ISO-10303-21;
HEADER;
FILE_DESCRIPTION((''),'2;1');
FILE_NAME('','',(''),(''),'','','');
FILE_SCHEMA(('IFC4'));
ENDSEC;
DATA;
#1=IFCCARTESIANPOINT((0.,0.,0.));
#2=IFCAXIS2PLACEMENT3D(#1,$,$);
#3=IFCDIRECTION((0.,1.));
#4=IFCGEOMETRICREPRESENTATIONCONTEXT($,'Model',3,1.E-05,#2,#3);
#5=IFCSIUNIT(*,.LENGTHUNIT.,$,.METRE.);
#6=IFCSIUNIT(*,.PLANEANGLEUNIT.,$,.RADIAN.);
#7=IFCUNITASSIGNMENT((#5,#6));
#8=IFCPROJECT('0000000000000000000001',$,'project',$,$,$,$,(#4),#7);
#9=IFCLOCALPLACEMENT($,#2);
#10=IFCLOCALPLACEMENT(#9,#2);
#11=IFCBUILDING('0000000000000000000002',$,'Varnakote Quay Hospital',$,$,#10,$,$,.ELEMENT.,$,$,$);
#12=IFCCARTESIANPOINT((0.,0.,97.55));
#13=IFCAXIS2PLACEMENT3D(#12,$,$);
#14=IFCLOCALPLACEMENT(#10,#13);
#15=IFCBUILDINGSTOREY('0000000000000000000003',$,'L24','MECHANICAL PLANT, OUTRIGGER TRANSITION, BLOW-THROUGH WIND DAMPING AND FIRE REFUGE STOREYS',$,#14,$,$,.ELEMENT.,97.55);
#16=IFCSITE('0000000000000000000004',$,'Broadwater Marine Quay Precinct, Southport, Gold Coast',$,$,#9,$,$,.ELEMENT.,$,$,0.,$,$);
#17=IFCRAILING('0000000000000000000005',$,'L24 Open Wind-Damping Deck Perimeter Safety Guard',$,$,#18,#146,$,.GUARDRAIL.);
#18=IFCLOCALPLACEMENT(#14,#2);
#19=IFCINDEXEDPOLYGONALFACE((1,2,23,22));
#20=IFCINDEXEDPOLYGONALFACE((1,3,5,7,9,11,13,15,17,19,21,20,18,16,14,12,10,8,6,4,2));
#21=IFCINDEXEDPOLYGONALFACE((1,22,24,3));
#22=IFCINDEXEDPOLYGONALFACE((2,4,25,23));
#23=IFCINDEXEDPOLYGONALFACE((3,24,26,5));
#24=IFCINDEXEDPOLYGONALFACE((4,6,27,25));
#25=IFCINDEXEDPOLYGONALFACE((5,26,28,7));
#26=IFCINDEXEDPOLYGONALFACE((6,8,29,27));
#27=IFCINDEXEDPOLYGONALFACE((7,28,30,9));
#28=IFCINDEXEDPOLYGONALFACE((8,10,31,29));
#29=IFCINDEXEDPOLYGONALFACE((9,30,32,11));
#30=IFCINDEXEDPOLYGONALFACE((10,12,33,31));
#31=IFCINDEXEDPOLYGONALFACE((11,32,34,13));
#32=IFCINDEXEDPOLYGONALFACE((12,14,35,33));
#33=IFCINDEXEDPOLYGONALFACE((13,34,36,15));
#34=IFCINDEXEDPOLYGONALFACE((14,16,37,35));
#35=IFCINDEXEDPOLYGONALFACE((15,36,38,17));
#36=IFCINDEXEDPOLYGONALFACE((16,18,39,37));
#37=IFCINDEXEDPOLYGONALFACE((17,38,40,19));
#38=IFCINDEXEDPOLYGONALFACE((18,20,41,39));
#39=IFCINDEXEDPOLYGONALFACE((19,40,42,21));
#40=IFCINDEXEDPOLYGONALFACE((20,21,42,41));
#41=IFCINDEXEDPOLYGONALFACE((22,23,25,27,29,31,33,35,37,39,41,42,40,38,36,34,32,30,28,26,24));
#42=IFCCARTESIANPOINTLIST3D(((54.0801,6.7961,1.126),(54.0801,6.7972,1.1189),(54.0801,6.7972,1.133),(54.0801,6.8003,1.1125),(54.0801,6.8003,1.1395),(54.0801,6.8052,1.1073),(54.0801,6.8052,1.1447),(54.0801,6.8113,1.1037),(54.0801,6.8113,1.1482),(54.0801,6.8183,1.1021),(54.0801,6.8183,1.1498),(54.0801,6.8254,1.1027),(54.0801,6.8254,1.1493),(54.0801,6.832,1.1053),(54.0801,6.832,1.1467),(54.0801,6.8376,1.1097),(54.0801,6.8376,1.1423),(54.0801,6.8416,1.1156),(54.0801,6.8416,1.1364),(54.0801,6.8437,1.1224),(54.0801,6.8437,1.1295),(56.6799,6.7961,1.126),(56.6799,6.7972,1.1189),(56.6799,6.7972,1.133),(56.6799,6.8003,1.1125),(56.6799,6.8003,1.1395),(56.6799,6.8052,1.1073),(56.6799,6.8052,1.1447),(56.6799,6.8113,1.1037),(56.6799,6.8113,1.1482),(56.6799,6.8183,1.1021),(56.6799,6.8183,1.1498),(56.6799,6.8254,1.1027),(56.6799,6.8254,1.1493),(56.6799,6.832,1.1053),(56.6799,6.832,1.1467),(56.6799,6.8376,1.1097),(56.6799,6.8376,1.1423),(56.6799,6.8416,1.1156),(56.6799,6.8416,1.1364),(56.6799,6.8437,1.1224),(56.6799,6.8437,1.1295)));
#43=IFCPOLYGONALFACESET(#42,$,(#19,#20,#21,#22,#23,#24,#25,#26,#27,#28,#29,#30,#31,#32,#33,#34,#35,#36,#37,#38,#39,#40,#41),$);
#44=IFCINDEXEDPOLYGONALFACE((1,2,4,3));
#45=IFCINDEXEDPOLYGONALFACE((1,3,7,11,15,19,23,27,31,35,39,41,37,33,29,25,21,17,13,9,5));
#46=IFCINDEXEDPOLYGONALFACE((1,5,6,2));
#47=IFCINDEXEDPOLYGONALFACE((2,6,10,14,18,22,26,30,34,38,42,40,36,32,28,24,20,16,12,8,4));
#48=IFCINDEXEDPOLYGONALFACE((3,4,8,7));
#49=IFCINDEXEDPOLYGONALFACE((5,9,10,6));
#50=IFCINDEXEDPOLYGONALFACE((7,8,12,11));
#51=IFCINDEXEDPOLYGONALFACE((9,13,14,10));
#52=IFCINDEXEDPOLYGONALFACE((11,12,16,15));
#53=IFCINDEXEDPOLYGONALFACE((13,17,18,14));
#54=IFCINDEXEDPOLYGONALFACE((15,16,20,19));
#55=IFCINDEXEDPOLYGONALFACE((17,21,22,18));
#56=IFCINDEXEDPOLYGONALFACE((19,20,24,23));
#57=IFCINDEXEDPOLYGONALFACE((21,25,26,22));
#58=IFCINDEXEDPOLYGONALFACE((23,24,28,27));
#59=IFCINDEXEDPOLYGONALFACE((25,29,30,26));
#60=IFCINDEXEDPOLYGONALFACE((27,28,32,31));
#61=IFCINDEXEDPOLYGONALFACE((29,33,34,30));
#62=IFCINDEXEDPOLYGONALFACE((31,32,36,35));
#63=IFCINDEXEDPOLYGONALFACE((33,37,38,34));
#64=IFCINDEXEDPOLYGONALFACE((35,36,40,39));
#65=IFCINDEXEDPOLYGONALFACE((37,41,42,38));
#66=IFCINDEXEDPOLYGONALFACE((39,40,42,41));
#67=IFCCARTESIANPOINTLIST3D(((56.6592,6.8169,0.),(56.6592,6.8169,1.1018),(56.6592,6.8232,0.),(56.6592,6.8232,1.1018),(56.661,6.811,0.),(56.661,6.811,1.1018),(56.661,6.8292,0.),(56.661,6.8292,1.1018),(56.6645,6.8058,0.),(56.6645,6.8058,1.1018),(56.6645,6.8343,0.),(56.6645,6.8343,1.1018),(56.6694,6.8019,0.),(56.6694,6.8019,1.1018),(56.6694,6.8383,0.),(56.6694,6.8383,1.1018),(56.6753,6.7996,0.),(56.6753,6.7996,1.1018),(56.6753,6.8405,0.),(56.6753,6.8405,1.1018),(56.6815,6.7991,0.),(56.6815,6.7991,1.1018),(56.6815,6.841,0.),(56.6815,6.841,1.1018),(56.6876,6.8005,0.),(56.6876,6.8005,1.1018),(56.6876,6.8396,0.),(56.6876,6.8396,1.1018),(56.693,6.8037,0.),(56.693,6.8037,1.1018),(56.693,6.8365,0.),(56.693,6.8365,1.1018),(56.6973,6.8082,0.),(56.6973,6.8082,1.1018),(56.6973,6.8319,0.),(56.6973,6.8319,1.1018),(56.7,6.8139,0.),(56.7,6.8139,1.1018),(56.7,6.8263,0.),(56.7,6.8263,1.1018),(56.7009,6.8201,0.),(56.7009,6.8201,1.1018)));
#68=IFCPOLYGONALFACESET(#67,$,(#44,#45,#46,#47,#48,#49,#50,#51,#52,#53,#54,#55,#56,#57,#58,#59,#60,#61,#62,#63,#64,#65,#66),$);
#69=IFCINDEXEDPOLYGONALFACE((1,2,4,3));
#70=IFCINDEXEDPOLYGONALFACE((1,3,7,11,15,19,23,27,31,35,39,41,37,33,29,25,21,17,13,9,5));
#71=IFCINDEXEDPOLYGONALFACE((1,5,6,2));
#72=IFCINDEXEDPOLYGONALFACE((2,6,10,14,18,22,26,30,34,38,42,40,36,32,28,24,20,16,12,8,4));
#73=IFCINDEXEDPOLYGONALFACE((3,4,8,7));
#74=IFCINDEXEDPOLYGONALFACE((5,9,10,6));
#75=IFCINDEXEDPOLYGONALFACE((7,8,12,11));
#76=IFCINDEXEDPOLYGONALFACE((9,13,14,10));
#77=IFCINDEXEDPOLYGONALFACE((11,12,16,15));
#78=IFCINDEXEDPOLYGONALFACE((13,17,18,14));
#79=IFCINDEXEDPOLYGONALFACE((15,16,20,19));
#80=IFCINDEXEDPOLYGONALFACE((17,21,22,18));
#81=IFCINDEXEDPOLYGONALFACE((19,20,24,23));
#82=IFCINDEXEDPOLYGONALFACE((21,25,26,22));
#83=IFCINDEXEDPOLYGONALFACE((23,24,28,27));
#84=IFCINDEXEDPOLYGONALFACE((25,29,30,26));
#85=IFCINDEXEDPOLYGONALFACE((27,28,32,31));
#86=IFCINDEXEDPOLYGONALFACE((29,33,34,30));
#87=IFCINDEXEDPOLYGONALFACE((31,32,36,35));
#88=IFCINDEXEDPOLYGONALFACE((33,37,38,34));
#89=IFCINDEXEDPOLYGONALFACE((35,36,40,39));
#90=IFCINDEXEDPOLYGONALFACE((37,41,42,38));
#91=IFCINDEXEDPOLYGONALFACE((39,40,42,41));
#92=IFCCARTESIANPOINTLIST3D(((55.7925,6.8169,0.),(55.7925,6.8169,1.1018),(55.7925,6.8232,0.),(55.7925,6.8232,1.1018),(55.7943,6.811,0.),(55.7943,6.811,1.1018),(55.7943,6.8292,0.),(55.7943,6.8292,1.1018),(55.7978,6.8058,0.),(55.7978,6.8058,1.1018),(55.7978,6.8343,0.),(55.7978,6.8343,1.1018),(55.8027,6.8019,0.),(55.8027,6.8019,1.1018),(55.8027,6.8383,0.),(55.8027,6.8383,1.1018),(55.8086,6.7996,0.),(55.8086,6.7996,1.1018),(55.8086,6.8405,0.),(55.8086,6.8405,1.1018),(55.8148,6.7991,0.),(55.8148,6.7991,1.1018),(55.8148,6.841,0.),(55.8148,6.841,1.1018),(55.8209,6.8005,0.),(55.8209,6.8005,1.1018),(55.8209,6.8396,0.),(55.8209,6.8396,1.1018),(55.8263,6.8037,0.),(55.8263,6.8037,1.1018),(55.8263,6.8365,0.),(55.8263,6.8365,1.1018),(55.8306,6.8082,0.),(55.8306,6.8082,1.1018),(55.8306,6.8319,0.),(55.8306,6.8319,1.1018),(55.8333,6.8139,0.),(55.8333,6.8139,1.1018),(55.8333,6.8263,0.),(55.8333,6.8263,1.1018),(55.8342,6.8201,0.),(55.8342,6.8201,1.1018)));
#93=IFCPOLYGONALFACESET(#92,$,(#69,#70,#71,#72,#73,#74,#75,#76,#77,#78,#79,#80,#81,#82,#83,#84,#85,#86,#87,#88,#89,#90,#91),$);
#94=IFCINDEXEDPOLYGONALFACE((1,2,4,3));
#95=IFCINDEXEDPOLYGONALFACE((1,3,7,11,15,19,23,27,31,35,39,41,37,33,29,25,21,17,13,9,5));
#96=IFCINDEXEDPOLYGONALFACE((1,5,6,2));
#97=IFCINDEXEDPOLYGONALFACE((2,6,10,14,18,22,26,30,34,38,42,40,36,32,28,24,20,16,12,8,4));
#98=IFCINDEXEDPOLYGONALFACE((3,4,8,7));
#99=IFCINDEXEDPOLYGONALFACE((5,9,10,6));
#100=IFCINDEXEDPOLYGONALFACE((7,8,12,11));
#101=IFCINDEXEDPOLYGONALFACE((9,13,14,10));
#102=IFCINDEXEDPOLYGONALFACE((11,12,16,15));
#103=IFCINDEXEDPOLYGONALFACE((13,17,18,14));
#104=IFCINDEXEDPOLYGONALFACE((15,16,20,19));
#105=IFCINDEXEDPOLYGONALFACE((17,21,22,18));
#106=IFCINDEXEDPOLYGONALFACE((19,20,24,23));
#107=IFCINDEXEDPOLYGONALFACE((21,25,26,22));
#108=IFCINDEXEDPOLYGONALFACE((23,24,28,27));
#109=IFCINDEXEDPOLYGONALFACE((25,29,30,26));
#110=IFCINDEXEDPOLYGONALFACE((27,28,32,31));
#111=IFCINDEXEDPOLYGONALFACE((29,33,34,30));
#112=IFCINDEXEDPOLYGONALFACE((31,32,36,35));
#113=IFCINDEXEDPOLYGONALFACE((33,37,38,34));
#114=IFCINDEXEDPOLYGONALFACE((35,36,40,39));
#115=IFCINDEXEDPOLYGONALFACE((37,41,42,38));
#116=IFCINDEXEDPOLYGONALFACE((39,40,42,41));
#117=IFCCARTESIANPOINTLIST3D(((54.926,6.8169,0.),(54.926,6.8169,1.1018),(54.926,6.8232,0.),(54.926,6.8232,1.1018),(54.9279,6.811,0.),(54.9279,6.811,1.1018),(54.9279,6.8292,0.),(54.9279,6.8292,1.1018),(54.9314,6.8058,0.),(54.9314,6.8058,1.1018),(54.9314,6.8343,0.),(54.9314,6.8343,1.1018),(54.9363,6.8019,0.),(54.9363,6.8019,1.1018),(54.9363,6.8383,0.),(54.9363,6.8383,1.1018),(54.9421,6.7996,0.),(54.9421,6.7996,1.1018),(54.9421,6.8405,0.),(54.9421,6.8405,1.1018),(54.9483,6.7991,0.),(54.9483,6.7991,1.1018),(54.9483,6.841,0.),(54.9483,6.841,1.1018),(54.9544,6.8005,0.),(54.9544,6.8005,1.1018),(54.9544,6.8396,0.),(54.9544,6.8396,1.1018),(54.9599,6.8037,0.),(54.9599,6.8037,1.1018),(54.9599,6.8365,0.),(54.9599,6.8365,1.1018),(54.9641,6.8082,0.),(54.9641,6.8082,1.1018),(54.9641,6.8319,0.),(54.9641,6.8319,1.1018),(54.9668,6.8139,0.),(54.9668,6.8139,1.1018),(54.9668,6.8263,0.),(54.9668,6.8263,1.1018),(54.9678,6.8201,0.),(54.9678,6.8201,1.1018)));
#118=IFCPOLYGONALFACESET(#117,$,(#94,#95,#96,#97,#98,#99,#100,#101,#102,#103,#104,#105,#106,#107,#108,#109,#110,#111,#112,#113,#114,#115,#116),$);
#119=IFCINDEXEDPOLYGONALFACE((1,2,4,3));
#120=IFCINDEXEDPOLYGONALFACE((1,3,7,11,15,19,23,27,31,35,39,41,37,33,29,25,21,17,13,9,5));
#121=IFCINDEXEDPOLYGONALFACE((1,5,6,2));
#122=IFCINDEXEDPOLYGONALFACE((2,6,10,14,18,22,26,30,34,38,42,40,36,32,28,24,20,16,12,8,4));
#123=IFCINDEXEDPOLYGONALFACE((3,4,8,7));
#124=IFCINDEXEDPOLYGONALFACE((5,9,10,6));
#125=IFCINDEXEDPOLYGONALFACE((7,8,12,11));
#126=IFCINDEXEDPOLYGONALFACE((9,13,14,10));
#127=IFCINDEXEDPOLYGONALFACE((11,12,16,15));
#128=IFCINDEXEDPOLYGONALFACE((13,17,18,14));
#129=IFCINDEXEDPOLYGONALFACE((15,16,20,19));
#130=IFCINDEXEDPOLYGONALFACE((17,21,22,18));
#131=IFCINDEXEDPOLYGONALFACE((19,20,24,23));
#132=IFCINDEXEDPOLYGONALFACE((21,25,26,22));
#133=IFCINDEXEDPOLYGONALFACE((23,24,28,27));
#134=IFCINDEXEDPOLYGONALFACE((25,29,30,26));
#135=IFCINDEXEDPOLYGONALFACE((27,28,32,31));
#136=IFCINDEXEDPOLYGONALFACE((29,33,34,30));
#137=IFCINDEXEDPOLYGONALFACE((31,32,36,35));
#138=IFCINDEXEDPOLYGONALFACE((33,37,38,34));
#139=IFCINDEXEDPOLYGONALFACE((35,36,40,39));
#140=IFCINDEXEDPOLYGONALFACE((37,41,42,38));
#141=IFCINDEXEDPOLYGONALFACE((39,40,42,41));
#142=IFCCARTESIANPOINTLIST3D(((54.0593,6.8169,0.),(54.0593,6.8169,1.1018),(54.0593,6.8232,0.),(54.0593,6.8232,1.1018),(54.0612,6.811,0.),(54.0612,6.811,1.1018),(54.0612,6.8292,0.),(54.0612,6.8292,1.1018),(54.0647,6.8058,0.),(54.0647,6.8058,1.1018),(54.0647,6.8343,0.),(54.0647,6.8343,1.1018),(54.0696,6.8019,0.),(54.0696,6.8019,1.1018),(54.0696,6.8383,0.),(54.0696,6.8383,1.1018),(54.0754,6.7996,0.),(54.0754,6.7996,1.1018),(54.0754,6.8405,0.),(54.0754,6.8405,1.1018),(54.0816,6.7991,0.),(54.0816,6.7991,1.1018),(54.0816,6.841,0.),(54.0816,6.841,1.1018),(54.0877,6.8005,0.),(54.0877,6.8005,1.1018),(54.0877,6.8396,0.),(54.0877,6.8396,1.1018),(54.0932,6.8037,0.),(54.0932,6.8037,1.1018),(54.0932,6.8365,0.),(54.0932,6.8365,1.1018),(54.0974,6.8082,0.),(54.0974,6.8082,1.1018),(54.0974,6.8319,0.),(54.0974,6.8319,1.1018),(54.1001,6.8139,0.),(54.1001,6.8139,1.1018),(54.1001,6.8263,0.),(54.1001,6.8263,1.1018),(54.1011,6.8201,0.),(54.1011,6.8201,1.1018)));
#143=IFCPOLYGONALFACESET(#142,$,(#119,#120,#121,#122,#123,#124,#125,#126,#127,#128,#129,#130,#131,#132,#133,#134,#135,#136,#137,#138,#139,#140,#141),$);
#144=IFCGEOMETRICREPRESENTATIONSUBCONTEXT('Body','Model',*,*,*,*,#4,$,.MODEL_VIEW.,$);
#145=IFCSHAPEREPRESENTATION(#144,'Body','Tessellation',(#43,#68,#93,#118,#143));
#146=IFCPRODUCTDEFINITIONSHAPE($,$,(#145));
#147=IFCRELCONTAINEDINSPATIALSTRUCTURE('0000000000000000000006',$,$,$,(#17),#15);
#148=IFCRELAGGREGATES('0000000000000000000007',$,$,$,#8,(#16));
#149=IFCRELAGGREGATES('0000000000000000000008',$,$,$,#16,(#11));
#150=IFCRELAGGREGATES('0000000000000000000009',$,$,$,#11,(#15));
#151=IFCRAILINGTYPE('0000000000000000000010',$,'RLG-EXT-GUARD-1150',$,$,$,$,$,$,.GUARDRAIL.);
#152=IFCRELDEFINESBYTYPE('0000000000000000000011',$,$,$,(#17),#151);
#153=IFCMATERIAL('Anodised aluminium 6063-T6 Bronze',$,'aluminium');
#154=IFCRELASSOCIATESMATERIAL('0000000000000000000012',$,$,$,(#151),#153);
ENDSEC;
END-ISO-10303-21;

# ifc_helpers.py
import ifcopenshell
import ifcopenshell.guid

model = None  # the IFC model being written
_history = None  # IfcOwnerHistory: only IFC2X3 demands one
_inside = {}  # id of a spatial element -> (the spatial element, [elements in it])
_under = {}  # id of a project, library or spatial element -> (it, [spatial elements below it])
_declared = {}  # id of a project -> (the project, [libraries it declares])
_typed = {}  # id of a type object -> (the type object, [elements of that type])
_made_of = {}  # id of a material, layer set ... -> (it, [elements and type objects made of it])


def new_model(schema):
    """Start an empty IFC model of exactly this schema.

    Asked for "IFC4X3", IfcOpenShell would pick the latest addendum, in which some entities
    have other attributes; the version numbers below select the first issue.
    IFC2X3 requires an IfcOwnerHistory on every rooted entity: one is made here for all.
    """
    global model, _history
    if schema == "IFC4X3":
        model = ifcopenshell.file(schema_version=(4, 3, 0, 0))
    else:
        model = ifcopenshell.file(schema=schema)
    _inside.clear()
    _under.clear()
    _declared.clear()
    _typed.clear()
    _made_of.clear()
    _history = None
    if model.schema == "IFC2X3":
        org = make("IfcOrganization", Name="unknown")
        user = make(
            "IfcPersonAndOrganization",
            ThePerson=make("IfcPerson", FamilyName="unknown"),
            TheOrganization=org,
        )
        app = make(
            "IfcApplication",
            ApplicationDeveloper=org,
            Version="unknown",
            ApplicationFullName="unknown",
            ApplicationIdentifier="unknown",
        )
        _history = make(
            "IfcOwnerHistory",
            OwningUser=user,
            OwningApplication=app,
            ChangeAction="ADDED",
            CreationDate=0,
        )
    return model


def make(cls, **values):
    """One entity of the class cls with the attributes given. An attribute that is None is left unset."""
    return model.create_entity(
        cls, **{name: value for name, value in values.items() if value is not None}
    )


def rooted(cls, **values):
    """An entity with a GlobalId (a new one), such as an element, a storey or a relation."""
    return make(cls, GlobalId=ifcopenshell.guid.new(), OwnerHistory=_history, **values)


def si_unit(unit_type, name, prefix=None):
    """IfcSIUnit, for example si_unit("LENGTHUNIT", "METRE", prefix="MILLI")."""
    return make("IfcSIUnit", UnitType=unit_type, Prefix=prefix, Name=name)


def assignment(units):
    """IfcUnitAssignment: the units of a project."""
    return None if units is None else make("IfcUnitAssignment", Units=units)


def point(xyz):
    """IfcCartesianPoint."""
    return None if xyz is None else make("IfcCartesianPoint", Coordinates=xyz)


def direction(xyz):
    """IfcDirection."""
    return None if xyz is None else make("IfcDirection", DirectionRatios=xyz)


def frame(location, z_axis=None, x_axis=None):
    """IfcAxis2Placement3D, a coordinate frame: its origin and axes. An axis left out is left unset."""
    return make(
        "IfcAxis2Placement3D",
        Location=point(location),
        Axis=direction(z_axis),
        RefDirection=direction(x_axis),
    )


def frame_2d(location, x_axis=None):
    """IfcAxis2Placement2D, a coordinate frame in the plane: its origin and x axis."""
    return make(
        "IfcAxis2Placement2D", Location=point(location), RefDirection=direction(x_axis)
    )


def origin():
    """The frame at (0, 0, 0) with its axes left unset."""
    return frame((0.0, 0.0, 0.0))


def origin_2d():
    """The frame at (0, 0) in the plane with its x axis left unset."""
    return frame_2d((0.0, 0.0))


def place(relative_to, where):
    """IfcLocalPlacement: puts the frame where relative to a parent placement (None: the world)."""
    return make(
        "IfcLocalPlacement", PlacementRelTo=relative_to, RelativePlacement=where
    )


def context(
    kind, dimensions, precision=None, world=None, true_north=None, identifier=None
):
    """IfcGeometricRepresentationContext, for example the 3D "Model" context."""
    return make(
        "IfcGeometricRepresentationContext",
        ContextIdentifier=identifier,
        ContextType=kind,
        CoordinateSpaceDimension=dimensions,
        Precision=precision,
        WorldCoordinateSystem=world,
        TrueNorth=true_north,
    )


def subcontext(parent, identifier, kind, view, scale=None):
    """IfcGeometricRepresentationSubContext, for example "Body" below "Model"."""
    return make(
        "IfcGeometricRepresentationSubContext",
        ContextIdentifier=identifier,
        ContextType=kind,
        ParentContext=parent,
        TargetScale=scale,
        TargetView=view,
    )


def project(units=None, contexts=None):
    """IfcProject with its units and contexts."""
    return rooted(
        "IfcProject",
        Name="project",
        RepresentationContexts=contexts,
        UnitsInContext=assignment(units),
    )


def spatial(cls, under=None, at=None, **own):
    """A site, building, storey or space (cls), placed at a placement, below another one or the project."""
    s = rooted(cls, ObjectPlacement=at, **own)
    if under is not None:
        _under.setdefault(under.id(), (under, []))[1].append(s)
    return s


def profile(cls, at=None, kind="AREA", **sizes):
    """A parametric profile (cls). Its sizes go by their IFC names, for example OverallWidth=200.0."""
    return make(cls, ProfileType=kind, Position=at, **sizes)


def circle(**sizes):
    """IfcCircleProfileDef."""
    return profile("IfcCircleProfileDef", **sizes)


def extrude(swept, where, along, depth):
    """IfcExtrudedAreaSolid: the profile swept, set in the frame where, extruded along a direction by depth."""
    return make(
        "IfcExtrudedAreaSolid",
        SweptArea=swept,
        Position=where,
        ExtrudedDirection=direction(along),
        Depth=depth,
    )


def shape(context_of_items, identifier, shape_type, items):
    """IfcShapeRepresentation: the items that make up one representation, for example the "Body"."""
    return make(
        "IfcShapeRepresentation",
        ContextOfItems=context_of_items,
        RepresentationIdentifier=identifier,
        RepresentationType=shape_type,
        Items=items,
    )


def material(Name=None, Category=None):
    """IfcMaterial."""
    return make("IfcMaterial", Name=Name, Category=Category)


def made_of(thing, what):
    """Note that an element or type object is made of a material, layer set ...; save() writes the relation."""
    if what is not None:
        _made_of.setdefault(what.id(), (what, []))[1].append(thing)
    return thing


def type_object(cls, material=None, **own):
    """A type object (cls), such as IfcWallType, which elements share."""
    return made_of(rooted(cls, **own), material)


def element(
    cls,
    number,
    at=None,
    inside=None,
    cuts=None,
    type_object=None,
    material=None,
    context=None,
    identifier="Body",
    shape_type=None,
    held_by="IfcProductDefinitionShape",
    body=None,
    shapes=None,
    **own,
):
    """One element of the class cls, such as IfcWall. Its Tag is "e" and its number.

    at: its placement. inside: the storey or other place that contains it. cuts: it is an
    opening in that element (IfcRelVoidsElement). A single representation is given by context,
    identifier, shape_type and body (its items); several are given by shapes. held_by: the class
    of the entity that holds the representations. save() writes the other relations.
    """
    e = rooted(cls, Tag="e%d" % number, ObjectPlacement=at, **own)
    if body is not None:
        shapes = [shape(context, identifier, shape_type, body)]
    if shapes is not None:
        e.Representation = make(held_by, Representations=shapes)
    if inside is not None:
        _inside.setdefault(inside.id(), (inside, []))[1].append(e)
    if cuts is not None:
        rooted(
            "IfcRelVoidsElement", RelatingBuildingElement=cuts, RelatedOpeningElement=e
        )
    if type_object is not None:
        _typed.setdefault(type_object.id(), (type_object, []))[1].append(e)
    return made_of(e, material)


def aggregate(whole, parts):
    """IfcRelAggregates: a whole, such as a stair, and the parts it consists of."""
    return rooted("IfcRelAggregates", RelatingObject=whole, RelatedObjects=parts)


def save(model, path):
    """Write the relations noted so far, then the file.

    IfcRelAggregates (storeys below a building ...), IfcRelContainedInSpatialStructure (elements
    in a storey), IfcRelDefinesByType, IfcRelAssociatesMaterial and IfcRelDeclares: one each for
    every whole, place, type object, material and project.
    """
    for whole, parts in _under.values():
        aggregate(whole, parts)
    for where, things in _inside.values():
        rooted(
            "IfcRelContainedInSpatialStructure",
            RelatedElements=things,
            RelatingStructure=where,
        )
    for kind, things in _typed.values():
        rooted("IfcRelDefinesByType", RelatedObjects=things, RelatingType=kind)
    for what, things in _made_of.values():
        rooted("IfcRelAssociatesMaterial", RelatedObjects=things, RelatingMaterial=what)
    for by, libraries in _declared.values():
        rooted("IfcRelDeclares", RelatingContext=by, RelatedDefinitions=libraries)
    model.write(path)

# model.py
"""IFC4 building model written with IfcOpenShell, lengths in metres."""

from ifc_helpers import new_model, si_unit, direction, frame, origin, origin_2d, place, context, subcontext, project, spatial, circle, extrude, material, type_object, element, save


model = new_model("IFC4")

# Units and contexts
model_context = context("Model", 3, precision=1e-05, world=origin(), true_north=direction((0.0, 1.0)))
body_context = subcontext(model_context, "Body", "Model", "MODEL_VIEW")
ifc_project = project(units=[si_unit("LENGTHUNIT", "METRE"), si_unit("PLANEANGLEUNIT", "RADIAN")], contexts=[model_context])

# Site, building, storey
site_placement = place(None, origin())
site = spatial("IfcSite", under=ifc_project, at=site_placement, Name="Broadwater Marine Quay Precinct, Southport, Gold Coast", CompositionType="ELEMENT", RefElevation=0.0)
building_placement = place(site_placement, origin())
building = spatial("IfcBuilding", under=site, at=building_placement, Name="Varnakote Quay Hospital", CompositionType="ELEMENT")
storey_placement = place(building_placement, frame((0.0, 0.0, 97.55)))
storey = spatial("IfcBuildingStorey", under=building, at=storey_placement, Name="L24", Description="MECHANICAL PLANT, OUTRIGGER TRANSITION, BLOW-THROUGH WIND DAMPING AND FIRE REFUGE STOREYS", CompositionType="ELEMENT", Elevation=97.55)

# Railing
ifc_material_1 = material(Name="Anodised aluminium 6063-T6 Bronze", Category="aluminium")
railing_type_1 = type_object("IfcRailingType", Name="RLG-EXT-GUARD-1150", PredefinedType="GUARDRAIL", material=ifc_material_1)
railing_1_placement = place(storey_placement, frame((56.6799, 6.8201, 0.0)))
element("IfcRailing", 1, at=railing_1_placement, inside=storey, type_object=railing_type_1, Name="L24 Open Wind-Damping Deck Perimeter Safety Guard", PredefinedType="GUARDRAIL", context=body_context, shape_type="SweptSolid", body=[
    extrude(circle(Radius=0.0239, at=origin_2d()), frame((0.0, 0.0, 1.126), z_axis=(-1.0, 0.0, 0.0), x_axis=(0.0, -1.0, 0.0)), (0.0, 0.0, 1.0), 2.5999),
    extrude(circle(Radius=0.021, at=origin_2d()), origin(), (0.0, 0.0, 1.0), 1.1018),
    extrude(circle(Radius=0.021, at=origin_2d()), frame((-0.8667, 0.0, 0.0)), (0.0, 0.0, 1.0), 1.1018),
    extrude(circle(Radius=0.021, at=origin_2d()), frame((-1.7332, 0.0, 0.0)), (0.0, 0.0, 1.0), 1.1018),
    extrude(circle(Radius=0.021, at=origin_2d()), frame((-2.5999, 0.0, 0.0)), (0.0, 0.0, 1.0), 1.1018),
])

save(model, "model.ifc")
